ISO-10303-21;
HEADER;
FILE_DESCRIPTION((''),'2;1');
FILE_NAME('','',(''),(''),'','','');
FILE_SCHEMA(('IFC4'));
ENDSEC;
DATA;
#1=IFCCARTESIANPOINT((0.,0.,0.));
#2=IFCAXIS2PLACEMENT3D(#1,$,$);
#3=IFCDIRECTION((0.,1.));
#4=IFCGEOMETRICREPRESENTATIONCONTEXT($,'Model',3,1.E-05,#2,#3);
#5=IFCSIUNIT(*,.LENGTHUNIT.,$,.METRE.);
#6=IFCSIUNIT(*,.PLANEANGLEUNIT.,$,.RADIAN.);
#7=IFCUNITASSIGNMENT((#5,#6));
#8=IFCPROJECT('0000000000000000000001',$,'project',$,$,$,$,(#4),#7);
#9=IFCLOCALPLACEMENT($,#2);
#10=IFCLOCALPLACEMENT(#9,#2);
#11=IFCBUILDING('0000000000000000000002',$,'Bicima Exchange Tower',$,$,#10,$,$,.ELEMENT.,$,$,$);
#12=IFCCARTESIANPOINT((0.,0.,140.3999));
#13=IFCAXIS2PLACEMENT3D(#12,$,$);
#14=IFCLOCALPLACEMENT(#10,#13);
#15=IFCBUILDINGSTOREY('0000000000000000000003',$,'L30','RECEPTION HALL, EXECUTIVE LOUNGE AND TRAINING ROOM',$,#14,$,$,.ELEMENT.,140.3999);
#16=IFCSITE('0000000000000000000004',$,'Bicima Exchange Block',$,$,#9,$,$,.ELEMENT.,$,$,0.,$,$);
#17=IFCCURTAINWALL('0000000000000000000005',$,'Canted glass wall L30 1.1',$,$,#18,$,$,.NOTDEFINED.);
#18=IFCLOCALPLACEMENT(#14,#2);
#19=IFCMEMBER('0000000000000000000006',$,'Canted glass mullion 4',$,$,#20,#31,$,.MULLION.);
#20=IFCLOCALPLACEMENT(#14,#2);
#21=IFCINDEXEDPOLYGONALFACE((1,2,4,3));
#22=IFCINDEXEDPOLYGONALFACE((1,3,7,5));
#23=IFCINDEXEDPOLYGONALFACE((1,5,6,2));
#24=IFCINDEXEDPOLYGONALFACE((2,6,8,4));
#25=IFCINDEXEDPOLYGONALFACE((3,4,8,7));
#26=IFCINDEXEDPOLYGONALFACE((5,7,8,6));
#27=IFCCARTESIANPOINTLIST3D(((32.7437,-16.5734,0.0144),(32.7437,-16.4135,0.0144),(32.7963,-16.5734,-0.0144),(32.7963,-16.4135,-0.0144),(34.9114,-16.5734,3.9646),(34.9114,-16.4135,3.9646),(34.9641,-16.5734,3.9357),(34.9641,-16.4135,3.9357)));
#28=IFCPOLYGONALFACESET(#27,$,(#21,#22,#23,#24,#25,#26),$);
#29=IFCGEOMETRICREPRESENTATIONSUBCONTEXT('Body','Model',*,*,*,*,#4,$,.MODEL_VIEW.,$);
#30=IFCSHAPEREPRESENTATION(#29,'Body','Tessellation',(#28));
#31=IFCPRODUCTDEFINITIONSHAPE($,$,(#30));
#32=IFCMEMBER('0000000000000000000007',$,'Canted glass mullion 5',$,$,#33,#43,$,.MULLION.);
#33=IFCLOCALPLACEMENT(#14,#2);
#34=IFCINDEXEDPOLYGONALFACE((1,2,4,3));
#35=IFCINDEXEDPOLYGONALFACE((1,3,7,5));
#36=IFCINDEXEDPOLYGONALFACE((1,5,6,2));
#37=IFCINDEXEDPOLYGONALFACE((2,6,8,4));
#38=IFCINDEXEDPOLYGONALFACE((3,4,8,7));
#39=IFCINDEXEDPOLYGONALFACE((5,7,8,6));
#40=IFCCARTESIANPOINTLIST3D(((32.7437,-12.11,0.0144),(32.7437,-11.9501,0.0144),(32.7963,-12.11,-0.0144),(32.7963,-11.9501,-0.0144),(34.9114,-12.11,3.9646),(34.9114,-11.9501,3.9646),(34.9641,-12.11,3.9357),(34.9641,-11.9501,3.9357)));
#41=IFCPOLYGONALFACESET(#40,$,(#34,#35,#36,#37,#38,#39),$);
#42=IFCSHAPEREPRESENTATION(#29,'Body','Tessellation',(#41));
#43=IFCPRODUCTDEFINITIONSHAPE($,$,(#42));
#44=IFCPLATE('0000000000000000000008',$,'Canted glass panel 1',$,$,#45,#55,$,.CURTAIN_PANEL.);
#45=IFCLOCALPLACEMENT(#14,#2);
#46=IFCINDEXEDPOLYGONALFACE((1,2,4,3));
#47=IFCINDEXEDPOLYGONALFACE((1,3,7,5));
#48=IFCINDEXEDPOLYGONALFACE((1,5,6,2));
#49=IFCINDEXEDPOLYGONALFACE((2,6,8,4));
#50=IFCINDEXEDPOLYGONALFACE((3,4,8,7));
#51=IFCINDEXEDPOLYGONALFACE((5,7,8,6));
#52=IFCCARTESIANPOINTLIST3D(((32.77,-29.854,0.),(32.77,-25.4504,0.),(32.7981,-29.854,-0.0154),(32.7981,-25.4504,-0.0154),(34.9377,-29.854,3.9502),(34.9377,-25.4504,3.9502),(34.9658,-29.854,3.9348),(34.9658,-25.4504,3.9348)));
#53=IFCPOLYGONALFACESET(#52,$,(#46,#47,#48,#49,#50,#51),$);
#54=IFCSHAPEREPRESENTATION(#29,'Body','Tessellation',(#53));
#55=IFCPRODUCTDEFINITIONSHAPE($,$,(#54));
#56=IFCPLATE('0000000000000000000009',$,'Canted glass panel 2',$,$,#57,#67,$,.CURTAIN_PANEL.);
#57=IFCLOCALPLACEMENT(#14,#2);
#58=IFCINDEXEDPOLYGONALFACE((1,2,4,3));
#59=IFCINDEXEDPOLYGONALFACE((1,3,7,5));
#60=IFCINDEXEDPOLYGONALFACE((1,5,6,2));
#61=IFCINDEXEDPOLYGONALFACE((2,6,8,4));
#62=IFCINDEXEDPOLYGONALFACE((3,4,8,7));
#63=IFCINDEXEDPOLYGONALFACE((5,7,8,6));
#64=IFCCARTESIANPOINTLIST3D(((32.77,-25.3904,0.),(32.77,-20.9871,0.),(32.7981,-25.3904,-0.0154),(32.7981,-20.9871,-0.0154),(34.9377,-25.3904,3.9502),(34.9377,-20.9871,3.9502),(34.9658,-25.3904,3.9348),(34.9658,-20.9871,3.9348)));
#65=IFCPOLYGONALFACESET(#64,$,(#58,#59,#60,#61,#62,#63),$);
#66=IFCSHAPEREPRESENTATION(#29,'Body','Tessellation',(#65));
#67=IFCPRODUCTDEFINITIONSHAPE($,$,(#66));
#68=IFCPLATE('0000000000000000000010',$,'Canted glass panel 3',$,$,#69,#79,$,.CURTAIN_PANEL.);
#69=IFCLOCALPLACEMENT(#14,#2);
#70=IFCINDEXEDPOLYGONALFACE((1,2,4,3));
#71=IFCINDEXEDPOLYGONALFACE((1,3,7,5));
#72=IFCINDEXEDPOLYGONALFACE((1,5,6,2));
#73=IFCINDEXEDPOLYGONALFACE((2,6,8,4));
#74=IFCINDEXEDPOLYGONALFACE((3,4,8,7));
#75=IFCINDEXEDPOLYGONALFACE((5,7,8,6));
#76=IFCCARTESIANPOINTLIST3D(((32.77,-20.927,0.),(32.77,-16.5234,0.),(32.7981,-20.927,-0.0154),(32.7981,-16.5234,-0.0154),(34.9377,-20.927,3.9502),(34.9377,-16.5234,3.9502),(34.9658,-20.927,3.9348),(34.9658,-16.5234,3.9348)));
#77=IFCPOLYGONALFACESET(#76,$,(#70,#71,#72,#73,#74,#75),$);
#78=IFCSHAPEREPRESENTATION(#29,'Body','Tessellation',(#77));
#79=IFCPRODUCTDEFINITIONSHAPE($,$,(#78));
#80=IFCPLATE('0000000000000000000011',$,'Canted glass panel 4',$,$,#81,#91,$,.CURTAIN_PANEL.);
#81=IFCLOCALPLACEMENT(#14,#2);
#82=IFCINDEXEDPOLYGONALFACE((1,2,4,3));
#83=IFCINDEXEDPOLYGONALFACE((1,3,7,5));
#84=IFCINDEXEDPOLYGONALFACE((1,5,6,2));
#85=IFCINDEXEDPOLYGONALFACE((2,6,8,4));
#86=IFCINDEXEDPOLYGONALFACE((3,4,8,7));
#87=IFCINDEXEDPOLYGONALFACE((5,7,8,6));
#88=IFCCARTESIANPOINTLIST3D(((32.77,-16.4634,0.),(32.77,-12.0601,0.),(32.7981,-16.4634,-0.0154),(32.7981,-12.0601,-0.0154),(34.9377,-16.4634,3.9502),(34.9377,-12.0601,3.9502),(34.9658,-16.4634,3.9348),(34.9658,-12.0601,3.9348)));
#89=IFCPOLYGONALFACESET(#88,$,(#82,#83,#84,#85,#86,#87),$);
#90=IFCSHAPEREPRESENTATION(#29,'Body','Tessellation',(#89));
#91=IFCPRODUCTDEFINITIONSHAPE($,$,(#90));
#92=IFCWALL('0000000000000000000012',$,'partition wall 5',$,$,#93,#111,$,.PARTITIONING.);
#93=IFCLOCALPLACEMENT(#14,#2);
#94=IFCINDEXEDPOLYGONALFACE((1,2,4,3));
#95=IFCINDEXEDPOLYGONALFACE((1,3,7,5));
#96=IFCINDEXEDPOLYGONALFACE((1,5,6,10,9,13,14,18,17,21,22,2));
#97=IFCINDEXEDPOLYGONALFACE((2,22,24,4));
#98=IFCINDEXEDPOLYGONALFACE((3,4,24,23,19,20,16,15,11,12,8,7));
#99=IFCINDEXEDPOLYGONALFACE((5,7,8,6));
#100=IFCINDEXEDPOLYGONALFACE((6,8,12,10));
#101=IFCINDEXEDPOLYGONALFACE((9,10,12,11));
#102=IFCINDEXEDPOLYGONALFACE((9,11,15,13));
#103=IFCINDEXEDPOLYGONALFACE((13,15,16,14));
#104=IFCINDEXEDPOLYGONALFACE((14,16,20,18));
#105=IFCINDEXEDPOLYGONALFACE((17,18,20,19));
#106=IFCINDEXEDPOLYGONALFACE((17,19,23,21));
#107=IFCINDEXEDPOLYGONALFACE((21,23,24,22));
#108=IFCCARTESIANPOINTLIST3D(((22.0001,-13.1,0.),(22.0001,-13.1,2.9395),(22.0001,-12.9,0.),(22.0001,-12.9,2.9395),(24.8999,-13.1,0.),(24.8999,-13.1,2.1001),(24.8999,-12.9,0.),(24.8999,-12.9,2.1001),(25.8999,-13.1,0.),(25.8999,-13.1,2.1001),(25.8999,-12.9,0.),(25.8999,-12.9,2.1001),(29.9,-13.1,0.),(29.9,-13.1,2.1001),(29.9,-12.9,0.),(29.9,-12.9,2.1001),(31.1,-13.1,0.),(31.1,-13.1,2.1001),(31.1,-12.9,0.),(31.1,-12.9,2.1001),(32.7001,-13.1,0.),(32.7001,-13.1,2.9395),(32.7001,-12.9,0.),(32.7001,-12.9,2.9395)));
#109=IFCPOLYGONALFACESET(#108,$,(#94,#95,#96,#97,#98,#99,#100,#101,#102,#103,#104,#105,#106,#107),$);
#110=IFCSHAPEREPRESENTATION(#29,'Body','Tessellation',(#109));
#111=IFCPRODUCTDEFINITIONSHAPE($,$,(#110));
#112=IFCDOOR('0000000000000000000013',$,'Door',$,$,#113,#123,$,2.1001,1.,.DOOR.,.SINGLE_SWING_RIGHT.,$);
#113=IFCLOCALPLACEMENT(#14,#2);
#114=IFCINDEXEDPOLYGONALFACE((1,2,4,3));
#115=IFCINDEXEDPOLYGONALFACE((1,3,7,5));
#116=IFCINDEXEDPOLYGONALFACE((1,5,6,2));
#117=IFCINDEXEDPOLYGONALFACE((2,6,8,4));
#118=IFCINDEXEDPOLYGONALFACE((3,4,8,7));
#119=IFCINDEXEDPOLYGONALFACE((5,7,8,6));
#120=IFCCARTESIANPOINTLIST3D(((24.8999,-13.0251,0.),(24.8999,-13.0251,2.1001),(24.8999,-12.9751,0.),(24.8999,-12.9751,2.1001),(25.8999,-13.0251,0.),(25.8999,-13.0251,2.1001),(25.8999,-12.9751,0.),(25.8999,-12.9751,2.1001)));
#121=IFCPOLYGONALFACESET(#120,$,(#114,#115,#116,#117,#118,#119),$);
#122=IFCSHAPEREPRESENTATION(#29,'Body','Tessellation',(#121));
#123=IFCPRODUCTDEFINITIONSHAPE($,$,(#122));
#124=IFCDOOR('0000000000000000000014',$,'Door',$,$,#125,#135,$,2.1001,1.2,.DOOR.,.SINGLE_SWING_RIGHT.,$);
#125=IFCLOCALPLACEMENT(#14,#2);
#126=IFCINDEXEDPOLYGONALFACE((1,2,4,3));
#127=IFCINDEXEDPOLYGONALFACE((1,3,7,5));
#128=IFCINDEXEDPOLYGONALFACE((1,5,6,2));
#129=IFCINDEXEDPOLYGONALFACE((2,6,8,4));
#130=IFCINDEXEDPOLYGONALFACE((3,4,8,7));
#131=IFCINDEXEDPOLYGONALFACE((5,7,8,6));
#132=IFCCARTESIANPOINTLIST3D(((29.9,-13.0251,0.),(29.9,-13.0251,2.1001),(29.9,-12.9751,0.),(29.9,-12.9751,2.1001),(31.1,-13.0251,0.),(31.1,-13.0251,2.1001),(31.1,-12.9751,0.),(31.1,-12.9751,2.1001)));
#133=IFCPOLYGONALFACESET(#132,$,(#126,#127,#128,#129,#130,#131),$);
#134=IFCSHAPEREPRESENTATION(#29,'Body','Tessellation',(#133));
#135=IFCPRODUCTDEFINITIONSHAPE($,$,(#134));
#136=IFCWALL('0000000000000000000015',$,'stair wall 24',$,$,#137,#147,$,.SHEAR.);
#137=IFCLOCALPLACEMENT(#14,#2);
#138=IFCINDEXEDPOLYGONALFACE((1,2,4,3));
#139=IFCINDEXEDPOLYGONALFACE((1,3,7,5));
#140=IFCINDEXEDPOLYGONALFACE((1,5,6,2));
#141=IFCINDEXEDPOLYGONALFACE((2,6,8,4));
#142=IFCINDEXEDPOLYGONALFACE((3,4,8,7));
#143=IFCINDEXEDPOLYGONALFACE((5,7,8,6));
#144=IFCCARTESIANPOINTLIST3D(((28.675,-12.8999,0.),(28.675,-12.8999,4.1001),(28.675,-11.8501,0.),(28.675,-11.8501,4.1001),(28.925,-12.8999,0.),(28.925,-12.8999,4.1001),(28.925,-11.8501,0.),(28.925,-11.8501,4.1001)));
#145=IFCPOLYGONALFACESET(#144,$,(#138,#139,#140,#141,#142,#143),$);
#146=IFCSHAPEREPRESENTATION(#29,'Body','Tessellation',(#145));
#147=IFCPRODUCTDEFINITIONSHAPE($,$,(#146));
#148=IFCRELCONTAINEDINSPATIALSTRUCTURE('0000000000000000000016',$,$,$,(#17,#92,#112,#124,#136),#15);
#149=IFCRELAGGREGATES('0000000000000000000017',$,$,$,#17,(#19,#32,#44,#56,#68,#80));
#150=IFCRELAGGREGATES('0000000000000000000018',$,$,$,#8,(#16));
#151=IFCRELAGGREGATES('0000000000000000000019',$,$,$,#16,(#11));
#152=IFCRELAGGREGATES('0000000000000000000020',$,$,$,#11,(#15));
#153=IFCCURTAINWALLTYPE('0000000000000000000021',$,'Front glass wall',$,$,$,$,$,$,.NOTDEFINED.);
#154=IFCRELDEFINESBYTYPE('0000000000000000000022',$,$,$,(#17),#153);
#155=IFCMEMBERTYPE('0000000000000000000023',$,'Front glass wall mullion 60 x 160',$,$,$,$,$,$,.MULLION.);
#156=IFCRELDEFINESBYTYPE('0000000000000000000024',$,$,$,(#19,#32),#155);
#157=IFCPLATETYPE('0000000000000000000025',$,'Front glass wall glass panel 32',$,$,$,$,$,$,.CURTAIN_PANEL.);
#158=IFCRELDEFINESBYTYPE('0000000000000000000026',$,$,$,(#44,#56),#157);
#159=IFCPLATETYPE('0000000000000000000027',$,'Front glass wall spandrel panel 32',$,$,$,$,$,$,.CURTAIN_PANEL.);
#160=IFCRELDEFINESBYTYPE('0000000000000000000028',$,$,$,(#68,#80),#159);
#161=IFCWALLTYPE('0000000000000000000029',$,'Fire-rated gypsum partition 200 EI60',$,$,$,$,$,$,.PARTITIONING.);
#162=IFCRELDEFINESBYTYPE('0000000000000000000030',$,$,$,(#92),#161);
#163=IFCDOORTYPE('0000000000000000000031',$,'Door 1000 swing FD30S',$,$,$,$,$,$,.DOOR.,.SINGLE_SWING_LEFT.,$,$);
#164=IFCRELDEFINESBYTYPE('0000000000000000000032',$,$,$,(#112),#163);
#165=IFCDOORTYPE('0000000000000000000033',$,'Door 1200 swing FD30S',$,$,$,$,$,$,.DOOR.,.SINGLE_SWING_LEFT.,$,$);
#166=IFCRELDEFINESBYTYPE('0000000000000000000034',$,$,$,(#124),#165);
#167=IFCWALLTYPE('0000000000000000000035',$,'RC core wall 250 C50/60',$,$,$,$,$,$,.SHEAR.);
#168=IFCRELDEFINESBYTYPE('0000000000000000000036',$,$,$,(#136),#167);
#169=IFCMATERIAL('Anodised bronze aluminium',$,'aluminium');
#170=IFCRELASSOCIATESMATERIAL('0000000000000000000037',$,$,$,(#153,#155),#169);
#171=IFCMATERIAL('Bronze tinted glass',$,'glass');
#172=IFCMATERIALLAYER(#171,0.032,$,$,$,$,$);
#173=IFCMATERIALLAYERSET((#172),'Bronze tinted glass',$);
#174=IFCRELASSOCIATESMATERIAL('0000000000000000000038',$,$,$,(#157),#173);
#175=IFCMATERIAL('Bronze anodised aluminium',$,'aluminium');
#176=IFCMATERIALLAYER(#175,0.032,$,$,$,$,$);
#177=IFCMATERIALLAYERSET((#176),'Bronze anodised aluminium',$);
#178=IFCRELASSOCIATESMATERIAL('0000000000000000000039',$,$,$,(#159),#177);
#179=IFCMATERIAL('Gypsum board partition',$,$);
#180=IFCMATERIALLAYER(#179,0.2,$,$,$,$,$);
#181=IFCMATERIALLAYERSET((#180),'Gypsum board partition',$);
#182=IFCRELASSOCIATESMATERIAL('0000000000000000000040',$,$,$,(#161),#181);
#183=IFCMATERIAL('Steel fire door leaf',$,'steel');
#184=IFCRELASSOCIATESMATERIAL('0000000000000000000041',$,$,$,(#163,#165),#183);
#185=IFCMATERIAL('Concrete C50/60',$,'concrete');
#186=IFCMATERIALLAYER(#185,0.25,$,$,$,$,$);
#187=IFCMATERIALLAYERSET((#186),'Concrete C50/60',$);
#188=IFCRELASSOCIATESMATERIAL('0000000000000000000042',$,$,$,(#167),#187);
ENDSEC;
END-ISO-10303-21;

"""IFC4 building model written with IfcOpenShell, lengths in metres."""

from ifc_helpers import new_model, si_unit, direction, frame, frame_2d, origin, origin_2d, place, context, subcontext, project, spatial, polyline, rectangle, outline, extrude, material, layer, layer_set, material_profile, profile_set, type_object, element, fill, aggregate, save


model = new_model("IFC4")

# Units and contexts
model_context = context("Model", 3, precision=1e-05, world=origin(), true_north=direction((0.0, 1.0)))
body_context = subcontext(model_context, "Body", "Model", "MODEL_VIEW")
ifc_project = project(units=[si_unit("LENGTHUNIT", "METRE"), si_unit("PLANEANGLEUNIT", "RADIAN")], contexts=[model_context])

# Site, building, storey
site_placement = place(None, origin())
site = spatial("IfcSite", under=ifc_project, at=site_placement, Name="Bicima Exchange Block", CompositionType="ELEMENT", RefElevation=0.0)
building_placement = place(site_placement, origin())
building = spatial("IfcBuilding", under=site, at=building_placement, Name="Bicima Exchange Tower", CompositionType="ELEMENT")
storey_placement = place(building_placement, frame((0.0, 0.0, 140.3999)))
storey = spatial("IfcBuildingStorey", under=building, at=storey_placement, Name="L30", Description="RECEPTION HALL, EXECUTIVE LOUNGE AND TRAINING ROOM", CompositionType="ELEMENT", Elevation=140.3999)

# Shared definitions
ifc_material_1 = material(Name="Anodised bronze aluminium", Category="aluminium")
curtain_wall_type = type_object("IfcCurtainWallType", Name="Front glass wall", PredefinedType="NOTDEFINED", material=ifc_material_1)
ifc_material_profile_1 = material_profile(ifc_material_1, rectangle(XDim=0.1599, YDim=0.0601, at=origin_2d()))
ifc_profile_set_1 = profile_set([ifc_material_profile_1], Name="Anodised bronze aluminium")
member_type = type_object("IfcMemberType", Name="Front glass wall mullion 60 x 160", PredefinedType="MULLION", material=ifc_profile_set_1)

# Curtain wall, members, plates
curtain_wall_1_placement = place(storey_placement, origin())
curtain_wall_1 = element("IfcCurtainWall", 1, at=curtain_wall_1_placement, inside=storey, type_object=curtain_wall_type, Name="Canted glass wall L30 1.1", PredefinedType="NOTDEFINED")
member_1_placement = place(storey_placement, frame((32.77, -16.4934, 0.0), z_axis=(0.481087, 0.0, 0.876673), x_axis=(0.0, -1.0, 0.0)))
member_1 = element("IfcMember", 2, at=member_1_placement, type_object=member_type, Name="Canted glass mullion 4", PredefinedType="MULLION", context=body_context, shape_type="SweptSolid", body=[
    extrude(rectangle(XDim=0.1599, YDim=0.0601, at=origin_2d()), origin(), (0.0, 0.0, 1.0), 4.5059),
])
member_2_placement = place(storey_placement, frame((32.77, -12.03, 0.0), z_axis=(0.481087, 0.0, 0.876673), x_axis=(0.0, -1.0, 0.0)))
member_2 = element("IfcMember", 3, at=member_2_placement, type_object=member_type, Name="Canted glass mullion 5", PredefinedType="MULLION", context=body_context, shape_type="SweptSolid", body=[
    extrude(rectangle(XDim=0.1599, YDim=0.0601, at=origin_2d()), origin(), (0.0, 0.0, 1.0), 4.5059),
])
ifc_material_2 = material(Name="Bronze tinted glass", Category="glass")
ifc_layer_1 = layer(ifc_material_2, 0.032)
ifc_layer_set_1 = layer_set([ifc_layer_1], Name="Bronze tinted glass")
plate_type_1 = type_object("IfcPlateType", Name="Front glass wall glass panel 32", PredefinedType="CURTAIN_PANEL", material=ifc_layer_set_1)
plate_1_placement = place(storey_placement, frame((32.77, -29.854, 0.0), z_axis=(-0.876673, 0.0, 0.481087), x_axis=(0.0, 1.0, 0.0)))
plate_1 = element("IfcPlate", 4, at=plate_1_placement, type_object=plate_type_1, Name="Canted glass panel 1", PredefinedType="CURTAIN_PANEL", context=body_context, shape_type="SweptSolid", body=[
    extrude(outline(polyline([(0.0, 0.0), (4.4036, 0.0), (4.4036, -4.5059), (0.0, -4.5059), (0.0, 0.0)])), origin(), (0.0, 0.0, -1.0), 0.032),
])
plate_2_placement = place(storey_placement, frame((32.77, -25.3904, 0.0), z_axis=(-0.876673, 0.0, 0.481087), x_axis=(0.0, 1.0, 0.0)))
plate_2 = element("IfcPlate", 5, at=plate_2_placement, type_object=plate_type_1, Name="Canted glass panel 2", PredefinedType="CURTAIN_PANEL", context=body_context, shape_type="SweptSolid", body=[
    extrude(outline(polyline([(0.0, 0.0), (4.4033, 0.0), (4.4033, -4.5059), (0.0, -4.5059), (0.0, 0.0)])), origin(), (0.0, 0.0, -1.0), 0.032),
])
ifc_material_3 = material(Name="Bronze anodised aluminium", Category="aluminium")
ifc_layer_2 = layer(ifc_material_3, 0.032)
ifc_layer_set_2 = layer_set([ifc_layer_2], Name="Bronze anodised aluminium")
plate_type_2 = type_object("IfcPlateType", Name="Front glass wall spandrel panel 32", PredefinedType="CURTAIN_PANEL", material=ifc_layer_set_2)
plate_3_placement = place(storey_placement, frame((32.77, -20.927, 0.0), z_axis=(-0.876673, 0.0, 0.481087), x_axis=(0.0, 1.0, 0.0)))
plate_3 = element("IfcPlate", 6, at=plate_3_placement, type_object=plate_type_2, Name="Canted glass panel 3", PredefinedType="CURTAIN_PANEL", context=body_context, shape_type="SweptSolid", body=[
    extrude(outline(polyline([(0.0, 0.0), (4.4036, 0.0), (4.4036, -4.5059), (0.0, -4.5059), (0.0, 0.0)])), origin(), (0.0, 0.0, -1.0), 0.032),
])
plate_4_placement = place(storey_placement, frame((32.77, -16.4634, 0.0), z_axis=(-0.876673, 0.0, 0.481087), x_axis=(0.0, 1.0, 0.0)))
plate_4 = element("IfcPlate", 7, at=plate_4_placement, type_object=plate_type_2, Name="Canted glass panel 4", PredefinedType="CURTAIN_PANEL", context=body_context, shape_type="SweptSolid", body=[
    extrude(outline(polyline([(0.0, 0.0), (4.4033, 0.0), (4.4033, -4.5059), (0.0, -4.5059), (0.0, 0.0)])), origin(), (0.0, 0.0, -1.0), 0.032),
])
aggregate(curtain_wall_1, [member_1, member_2, plate_1, plate_2, plate_3, plate_4])

# Wall, openings, doors
ifc_material_4 = material(Name="Gypsum board partition")
ifc_layer_3 = layer(ifc_material_4, 0.2)
ifc_layer_set_3 = layer_set([ifc_layer_3], Name="Gypsum board partition")
wall_type_1 = type_object("IfcWallType", Name="Fire-rated gypsum partition 200 EI60", PredefinedType="PARTITIONING", material=ifc_layer_set_3)
wall_1_placement = place(storey_placement, frame((22.0, -13.0, 0.0), z_axis=(0.0, 0.0, 1.0), x_axis=(1.0, 0.0, 0.0)))
wall_1 = element("IfcWall", 8, at=wall_1_placement, inside=storey, type_object=wall_type_1, Name="partition wall 5", PredefinedType="PARTITIONING", context=body_context, shape_type="SweptSolid", body=[
    extrude(rectangle(XDim=10.7, YDim=0.2, at=frame_2d((5.3501, 0.0))), origin(), (0.0, 0.0, 1.0), 2.9395),
])
opening_1_placement = place(wall_1_placement, frame((7.8999, 0.0, 0.0)))
opening_1 = element("IfcOpeningElement", 9, at=opening_1_placement, cuts=wall_1, PredefinedType="OPENING", context=body_context, shape_type="SweptSolid", body=[
    extrude(rectangle(XDim=1.2, YDim=2.1001, at=frame_2d((0.6001, 1.05))), frame((0.0, 0.1118, 0.0), z_axis=(0.0, -1.0, 0.0), x_axis=(1.0, 0.0, 0.0)), (0.0, 0.0, 1.0), 0.2239),
])
opening_2_placement = place(wall_1_placement, frame((2.8999, 0.0, 0.0)))
opening_2 = element("IfcOpeningElement", 10, at=opening_2_placement, cuts=wall_1, PredefinedType="OPENING", context=body_context, shape_type="SweptSolid", body=[
    extrude(rectangle(XDim=1.0, YDim=2.1001, at=frame_2d((0.5, 1.05))), frame((0.0, 0.1118, 0.0), z_axis=(0.0, -1.0, 0.0), x_axis=(1.0, 0.0, 0.0)), (0.0, 0.0, 1.0), 0.2239),
])
ifc_material_5 = material(Name="Steel fire door leaf", Category="steel")
door_type_1 = type_object("IfcDoorType", Name="Door 1000 swing FD30S", OperationType="SINGLE_SWING_LEFT", PredefinedType="DOOR", material=ifc_material_5)
door_1_placement = place(opening_2_placement, origin())
door_1 = element("IfcDoor", 11, at=door_1_placement, inside=storey, type_object=door_type_1, Name="Door", OperationType="SINGLE_SWING_RIGHT", OverallHeight=2.1001, OverallWidth=1.0, PredefinedType="DOOR", context=body_context, shape_type="SweptSolid", body=[
    extrude(rectangle(XDim=1.0, YDim=2.1001, at=frame_2d((0.5, 1.05))), frame((0.0, 0.0249, 0.0), z_axis=(0.0, -1.0, 0.0), x_axis=(1.0, 0.0, 0.0)), (0.0, 0.0, 1.0), 0.05),
])
fill(opening_2, door_1)
door_type_2 = type_object("IfcDoorType", Name="Door 1200 swing FD30S", OperationType="SINGLE_SWING_LEFT", PredefinedType="DOOR", material=ifc_material_5)
door_2_placement = place(opening_1_placement, origin())
door_2 = element("IfcDoor", 12, at=door_2_placement, inside=storey, type_object=door_type_2, Name="Door", OperationType="SINGLE_SWING_RIGHT", OverallHeight=2.1001, OverallWidth=1.2, PredefinedType="DOOR", context=body_context, shape_type="SweptSolid", body=[
    extrude(rectangle(XDim=1.2, YDim=2.1001, at=frame_2d((0.6001, 1.05))), frame((0.0, 0.0249, 0.0), z_axis=(0.0, -1.0, 0.0), x_axis=(1.0, 0.0, 0.0)), (0.0, 0.0, 1.0), 0.05),
])
fill(opening_1, door_2)

# Wall
ifc_material_6 = material(Name="Concrete C50/60", Category="concrete")
ifc_layer_4 = layer(ifc_material_6, 0.25)
ifc_layer_set_4 = layer_set([ifc_layer_4], Name="Concrete C50/60")
wall_type_2 = type_object("IfcWallType", Name="RC core wall 250 C50/60", PredefinedType="SHEAR", material=ifc_layer_set_4)
wall_2_placement = place(storey_placement, frame((28.8, -12.8999, 0.0), z_axis=(0.0, 0.0, 1.0), x_axis=(0.0, 1.0, 0.0)))
element("IfcWall", 13, at=wall_2_placement, inside=storey, type_object=wall_type_2, Name="stair wall 24", PredefinedType="SHEAR", context=body_context, shape_type="SweptSolid", body=[
    extrude(rectangle(XDim=1.0498, YDim=0.25, at=frame_2d((0.5249, 0.0))), origin(), (0.0, 0.0, 1.0), 4.1001),
])

save(model, "model.ifc")
